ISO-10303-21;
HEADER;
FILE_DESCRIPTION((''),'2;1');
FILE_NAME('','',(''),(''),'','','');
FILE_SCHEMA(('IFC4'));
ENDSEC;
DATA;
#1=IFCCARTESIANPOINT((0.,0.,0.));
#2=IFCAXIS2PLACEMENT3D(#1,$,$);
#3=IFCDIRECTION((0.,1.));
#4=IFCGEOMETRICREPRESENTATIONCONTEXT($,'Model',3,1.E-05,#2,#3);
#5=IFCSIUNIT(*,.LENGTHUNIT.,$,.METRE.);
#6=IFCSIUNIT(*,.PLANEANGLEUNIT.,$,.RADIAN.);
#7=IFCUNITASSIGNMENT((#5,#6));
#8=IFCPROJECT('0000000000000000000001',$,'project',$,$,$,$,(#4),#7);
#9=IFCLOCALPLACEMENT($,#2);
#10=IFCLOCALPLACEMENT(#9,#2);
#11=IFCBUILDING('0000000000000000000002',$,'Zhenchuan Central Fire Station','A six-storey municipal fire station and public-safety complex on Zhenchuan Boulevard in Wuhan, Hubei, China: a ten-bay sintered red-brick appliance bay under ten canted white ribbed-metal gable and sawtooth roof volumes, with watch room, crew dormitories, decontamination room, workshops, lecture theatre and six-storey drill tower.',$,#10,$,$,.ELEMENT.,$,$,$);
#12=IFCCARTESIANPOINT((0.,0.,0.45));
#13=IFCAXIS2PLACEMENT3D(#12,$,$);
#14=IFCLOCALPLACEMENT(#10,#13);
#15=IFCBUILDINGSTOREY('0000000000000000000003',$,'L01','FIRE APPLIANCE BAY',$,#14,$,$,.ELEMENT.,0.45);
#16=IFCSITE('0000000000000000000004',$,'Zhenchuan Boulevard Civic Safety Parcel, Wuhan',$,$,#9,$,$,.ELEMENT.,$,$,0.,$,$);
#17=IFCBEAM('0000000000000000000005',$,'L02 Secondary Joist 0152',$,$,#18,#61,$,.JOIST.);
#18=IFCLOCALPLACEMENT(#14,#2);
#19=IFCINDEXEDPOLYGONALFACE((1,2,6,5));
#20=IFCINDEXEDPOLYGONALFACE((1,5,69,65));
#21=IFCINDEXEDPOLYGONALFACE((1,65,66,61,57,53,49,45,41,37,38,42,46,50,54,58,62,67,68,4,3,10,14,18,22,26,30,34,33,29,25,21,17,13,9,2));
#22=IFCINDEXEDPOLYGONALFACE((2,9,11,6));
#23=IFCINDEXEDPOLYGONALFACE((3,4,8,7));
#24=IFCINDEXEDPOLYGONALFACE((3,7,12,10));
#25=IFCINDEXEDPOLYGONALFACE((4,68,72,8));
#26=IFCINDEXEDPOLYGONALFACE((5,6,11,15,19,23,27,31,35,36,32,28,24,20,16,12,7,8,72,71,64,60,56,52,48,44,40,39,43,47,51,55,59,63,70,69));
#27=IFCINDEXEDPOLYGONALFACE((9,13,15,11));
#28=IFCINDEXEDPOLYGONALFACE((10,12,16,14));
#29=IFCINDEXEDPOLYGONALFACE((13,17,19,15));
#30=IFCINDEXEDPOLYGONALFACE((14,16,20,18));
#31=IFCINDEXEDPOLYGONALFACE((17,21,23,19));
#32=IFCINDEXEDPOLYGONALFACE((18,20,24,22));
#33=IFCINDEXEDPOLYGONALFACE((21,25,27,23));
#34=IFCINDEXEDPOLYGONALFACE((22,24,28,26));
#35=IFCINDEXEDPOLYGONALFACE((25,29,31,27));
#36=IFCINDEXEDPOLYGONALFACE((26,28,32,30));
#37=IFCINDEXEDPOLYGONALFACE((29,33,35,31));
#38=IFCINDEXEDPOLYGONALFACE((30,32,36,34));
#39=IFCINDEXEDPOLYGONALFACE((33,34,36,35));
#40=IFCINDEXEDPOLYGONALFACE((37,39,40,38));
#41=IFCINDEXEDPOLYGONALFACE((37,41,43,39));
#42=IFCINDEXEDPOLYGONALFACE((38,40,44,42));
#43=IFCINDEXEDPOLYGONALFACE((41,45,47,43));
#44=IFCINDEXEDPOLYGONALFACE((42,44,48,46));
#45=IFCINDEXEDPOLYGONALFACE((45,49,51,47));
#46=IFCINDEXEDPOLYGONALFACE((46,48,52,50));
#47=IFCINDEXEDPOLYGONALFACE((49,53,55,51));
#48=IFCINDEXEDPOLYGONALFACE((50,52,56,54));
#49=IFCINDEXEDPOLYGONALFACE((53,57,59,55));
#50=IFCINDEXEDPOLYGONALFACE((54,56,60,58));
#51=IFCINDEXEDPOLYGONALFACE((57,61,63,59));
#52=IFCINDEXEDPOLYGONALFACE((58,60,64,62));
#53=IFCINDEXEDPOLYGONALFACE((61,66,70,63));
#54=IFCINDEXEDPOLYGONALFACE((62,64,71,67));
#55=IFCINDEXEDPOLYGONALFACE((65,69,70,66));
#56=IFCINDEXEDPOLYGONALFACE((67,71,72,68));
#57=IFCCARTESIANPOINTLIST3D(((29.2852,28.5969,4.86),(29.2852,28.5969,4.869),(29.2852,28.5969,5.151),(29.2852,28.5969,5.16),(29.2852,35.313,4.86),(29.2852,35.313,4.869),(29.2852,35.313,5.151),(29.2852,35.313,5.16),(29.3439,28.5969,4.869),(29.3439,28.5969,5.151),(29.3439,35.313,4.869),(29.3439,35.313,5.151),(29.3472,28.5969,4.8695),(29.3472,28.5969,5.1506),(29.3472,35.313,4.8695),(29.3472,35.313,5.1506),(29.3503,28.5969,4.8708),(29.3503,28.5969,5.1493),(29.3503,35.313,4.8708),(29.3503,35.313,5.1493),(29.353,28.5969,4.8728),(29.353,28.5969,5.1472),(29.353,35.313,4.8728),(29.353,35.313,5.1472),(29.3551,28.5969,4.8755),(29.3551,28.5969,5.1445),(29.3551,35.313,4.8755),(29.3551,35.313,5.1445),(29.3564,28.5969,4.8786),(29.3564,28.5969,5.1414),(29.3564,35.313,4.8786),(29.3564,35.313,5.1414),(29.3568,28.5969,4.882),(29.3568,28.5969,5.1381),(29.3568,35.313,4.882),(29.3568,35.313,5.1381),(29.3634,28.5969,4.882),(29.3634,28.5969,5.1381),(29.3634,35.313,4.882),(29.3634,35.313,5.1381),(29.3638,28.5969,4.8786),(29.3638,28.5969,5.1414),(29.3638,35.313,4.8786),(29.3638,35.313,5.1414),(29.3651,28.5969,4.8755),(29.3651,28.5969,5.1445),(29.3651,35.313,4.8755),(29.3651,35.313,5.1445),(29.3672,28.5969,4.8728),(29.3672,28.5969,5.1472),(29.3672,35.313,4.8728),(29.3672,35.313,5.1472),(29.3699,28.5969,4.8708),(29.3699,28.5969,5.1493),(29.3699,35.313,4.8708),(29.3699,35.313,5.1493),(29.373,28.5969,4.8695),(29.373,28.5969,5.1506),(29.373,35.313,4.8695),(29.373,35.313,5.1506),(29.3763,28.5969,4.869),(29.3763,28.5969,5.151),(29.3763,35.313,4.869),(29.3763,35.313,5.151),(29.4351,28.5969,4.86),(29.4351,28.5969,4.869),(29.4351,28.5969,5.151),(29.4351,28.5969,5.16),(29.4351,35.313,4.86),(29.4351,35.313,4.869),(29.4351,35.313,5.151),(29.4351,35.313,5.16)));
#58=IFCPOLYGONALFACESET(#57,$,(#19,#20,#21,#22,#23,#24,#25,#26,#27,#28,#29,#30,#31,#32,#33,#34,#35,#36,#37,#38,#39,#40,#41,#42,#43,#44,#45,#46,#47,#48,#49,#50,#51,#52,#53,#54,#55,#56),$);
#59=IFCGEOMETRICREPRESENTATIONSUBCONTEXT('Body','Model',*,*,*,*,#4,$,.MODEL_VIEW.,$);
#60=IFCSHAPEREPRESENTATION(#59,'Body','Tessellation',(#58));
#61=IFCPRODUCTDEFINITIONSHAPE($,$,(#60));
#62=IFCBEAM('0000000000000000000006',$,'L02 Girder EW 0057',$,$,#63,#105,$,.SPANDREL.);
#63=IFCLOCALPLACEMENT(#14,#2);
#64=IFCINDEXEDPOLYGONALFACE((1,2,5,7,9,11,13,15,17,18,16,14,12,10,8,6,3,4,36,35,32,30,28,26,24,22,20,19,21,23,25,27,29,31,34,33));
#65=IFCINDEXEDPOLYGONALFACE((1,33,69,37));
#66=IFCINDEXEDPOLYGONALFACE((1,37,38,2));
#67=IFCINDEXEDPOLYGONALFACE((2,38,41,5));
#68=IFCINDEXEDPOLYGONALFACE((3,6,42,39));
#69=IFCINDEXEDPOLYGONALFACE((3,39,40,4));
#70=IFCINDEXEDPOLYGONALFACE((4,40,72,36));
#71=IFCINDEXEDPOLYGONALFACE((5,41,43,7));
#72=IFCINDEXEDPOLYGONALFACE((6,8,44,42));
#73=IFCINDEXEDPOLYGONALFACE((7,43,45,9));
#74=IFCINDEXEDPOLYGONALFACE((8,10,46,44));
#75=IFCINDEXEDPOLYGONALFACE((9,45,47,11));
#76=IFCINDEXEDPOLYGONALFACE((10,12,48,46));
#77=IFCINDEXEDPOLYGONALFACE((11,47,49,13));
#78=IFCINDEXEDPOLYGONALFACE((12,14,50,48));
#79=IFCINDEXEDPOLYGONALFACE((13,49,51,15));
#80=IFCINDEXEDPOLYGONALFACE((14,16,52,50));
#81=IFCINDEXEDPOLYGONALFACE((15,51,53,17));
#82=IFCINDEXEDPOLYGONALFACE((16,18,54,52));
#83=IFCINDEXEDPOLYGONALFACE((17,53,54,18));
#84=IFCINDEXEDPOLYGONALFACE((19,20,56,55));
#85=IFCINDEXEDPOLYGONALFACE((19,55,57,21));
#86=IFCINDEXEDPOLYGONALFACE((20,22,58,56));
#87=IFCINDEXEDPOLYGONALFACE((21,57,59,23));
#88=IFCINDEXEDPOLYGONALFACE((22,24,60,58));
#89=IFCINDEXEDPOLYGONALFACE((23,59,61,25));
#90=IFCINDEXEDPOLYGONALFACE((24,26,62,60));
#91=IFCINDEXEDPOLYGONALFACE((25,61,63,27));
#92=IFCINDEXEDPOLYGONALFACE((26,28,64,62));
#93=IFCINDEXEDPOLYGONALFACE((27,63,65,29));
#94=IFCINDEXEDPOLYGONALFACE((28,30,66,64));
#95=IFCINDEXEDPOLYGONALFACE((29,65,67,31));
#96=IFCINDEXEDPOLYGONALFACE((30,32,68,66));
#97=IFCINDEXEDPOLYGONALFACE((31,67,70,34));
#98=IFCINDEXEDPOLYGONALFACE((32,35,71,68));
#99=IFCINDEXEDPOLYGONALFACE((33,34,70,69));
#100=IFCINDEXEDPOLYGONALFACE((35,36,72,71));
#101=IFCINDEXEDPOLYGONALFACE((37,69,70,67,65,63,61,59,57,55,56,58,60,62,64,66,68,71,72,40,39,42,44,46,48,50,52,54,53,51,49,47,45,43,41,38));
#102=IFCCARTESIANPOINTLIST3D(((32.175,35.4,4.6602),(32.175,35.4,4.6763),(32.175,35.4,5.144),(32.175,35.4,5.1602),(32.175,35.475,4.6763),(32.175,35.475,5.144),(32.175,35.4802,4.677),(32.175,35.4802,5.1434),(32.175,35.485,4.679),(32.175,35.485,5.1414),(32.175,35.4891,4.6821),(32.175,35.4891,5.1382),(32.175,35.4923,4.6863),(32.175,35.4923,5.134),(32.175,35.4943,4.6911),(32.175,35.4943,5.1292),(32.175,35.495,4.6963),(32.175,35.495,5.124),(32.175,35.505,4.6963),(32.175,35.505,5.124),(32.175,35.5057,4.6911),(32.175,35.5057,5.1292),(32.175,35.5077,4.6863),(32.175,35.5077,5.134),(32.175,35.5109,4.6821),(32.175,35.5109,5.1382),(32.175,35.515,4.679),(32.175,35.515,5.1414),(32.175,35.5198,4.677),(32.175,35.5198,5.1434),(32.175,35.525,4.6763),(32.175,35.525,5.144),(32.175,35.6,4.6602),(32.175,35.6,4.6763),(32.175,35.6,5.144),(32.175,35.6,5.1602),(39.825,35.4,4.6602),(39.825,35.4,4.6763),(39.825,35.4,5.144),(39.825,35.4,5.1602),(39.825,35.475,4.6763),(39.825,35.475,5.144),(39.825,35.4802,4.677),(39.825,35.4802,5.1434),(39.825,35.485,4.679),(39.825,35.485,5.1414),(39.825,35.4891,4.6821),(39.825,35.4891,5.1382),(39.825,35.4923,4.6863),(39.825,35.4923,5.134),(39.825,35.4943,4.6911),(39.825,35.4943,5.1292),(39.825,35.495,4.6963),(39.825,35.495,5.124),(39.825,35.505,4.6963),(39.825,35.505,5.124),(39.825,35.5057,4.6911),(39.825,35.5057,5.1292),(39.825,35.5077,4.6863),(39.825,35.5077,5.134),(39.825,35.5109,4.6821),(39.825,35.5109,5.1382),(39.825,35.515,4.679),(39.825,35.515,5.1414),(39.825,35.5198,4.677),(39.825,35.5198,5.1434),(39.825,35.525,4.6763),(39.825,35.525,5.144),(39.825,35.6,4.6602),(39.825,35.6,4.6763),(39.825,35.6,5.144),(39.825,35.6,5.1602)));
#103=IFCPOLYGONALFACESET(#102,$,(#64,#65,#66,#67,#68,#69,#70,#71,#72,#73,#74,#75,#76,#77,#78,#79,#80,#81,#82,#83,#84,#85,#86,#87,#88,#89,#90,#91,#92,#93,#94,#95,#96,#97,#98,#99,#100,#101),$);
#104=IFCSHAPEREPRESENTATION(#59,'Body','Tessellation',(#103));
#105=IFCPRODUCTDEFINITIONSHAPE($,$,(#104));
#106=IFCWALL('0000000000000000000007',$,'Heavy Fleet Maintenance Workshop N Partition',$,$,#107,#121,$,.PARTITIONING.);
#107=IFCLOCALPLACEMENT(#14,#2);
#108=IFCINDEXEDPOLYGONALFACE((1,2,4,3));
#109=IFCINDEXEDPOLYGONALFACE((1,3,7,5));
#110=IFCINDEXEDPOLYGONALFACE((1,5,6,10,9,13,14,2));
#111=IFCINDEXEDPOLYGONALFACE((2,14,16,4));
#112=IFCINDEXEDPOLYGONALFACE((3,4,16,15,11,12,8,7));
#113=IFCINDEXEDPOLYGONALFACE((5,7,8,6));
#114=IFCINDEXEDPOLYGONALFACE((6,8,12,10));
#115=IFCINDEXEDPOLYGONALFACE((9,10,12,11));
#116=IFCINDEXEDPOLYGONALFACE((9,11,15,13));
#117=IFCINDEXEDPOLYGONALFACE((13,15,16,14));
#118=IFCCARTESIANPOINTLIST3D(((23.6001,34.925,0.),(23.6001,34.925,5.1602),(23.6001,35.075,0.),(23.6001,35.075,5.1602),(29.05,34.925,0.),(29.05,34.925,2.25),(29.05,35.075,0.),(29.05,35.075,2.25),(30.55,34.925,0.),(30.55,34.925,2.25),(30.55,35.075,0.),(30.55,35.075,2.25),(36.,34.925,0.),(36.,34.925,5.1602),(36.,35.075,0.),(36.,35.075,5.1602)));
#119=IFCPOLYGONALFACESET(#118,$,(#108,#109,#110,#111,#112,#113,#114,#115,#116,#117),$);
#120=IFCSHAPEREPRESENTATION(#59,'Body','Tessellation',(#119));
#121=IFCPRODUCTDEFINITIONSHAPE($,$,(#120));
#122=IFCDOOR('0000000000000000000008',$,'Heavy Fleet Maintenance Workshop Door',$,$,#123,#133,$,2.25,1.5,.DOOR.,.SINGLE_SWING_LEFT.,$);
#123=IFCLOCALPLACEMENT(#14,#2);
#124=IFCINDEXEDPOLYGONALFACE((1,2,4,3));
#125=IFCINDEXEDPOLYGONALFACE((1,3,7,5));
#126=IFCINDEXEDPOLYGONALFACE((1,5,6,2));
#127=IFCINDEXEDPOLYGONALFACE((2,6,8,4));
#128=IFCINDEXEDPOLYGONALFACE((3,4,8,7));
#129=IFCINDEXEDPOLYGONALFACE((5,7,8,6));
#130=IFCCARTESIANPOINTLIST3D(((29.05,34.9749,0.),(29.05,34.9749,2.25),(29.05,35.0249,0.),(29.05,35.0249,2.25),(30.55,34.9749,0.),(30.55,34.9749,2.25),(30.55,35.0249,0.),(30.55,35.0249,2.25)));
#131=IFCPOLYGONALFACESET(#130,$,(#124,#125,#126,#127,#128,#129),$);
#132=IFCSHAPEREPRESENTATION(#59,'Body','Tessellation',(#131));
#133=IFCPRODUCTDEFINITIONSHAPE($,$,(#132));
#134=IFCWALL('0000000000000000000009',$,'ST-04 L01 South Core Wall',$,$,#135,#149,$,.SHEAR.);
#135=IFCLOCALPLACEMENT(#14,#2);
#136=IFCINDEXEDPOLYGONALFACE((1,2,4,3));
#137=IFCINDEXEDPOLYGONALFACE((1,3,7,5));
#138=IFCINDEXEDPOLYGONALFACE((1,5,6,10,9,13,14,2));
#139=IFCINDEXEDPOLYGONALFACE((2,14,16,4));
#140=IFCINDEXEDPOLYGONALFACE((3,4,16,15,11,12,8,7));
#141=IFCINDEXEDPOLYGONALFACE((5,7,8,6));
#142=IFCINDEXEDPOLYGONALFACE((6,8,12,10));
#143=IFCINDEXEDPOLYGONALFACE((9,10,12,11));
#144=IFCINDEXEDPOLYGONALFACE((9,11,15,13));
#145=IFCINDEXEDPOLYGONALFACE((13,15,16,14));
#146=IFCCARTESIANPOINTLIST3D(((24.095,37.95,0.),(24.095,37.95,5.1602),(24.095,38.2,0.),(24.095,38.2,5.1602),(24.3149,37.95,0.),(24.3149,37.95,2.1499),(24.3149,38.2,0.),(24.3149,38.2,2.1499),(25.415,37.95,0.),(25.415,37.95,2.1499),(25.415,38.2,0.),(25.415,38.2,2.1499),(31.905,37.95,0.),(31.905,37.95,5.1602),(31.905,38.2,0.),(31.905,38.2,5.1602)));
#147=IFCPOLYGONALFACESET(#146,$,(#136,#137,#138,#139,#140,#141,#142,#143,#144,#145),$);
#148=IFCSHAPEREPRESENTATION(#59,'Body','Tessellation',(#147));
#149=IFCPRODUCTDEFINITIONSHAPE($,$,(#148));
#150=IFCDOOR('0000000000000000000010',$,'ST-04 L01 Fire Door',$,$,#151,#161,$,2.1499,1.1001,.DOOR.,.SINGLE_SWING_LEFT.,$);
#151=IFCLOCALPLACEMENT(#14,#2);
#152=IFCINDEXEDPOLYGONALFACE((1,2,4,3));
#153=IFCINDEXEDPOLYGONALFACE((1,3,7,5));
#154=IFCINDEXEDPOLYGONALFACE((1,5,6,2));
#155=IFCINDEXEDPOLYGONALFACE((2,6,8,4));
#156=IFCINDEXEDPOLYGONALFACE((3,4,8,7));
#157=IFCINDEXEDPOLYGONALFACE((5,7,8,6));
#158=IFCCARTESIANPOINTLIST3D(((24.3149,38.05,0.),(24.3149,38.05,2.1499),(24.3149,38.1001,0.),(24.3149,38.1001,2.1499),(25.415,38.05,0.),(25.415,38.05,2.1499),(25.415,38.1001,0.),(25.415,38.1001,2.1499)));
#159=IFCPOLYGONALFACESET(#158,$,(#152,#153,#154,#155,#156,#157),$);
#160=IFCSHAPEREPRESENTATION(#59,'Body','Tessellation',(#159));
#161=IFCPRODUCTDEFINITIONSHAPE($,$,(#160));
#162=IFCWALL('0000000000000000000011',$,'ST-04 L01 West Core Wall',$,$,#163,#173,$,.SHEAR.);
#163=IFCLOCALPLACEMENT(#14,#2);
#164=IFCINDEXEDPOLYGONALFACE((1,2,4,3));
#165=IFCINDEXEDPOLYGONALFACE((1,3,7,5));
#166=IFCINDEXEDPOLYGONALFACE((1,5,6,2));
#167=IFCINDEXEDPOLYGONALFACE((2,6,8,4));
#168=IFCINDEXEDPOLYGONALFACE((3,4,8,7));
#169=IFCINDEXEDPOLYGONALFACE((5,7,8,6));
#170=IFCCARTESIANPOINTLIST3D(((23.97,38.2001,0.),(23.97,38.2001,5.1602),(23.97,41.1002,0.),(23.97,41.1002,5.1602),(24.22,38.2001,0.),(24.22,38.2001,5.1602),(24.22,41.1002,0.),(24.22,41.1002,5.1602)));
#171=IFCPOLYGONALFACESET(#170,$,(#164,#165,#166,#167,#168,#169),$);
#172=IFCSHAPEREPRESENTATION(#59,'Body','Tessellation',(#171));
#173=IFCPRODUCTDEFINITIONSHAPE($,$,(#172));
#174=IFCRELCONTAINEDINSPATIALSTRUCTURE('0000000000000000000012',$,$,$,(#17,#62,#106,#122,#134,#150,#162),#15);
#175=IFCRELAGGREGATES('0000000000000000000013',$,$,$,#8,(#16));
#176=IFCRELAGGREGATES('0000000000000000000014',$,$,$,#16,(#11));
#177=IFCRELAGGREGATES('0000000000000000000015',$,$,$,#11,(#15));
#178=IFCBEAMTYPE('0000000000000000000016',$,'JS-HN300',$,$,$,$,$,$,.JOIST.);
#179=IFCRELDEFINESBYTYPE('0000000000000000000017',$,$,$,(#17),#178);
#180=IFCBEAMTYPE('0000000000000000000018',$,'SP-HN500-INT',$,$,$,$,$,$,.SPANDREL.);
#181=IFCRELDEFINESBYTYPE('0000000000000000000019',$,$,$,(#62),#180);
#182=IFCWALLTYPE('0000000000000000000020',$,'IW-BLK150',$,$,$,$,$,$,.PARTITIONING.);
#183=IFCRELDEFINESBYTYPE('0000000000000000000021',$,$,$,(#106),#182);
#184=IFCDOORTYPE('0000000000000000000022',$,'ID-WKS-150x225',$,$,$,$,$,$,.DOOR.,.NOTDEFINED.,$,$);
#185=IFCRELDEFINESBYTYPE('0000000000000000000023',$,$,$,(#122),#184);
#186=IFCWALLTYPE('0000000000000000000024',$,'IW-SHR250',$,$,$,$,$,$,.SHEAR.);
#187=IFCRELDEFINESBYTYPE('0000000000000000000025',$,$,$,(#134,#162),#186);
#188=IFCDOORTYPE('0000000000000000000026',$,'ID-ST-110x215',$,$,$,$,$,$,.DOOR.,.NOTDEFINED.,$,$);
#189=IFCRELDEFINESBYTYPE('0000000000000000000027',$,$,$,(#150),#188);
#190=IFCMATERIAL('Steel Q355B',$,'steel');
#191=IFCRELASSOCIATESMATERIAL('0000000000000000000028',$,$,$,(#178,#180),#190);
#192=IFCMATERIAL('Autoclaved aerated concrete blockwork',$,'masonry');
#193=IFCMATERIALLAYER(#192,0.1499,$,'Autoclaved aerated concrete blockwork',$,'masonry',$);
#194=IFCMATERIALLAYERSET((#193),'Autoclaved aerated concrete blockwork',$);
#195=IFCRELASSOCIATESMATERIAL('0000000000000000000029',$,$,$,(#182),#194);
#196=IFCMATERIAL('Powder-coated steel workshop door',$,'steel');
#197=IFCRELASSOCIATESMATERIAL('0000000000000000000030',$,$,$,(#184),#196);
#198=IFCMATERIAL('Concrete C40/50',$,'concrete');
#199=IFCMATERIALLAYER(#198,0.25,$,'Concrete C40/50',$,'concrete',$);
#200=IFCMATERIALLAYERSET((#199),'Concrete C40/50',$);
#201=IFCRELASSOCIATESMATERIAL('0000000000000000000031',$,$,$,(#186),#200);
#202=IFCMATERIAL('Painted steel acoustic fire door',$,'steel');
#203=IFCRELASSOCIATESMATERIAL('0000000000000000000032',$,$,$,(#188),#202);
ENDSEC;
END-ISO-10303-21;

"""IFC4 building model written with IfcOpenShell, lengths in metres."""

from ifc_helpers import new_model, si_unit, direction, frame, frame_2d, origin, origin_2d, place, context, subcontext, project, spatial, rectangle, i_section, extrude, material, layer, layer_set, material_profile, profile_set, type_object, element, fill, save


model = new_model("IFC4")

# Units and contexts
model_context = context("Model", 3, precision=1e-05, world=origin(), true_north=direction((0.0, 1.0)))
body_context = subcontext(model_context, "Body", "Model", "MODEL_VIEW")
ifc_project = project(units=[si_unit("LENGTHUNIT", "METRE"), si_unit("PLANEANGLEUNIT", "RADIAN")], contexts=[model_context])

# Site, building, storey
site_placement = place(None, origin())
site = spatial("IfcSite", under=ifc_project, at=site_placement, Name="Zhenchuan Boulevard Civic Safety Parcel, Wuhan", CompositionType="ELEMENT", RefElevation=0.0)
building_placement = place(site_placement, origin())
building = spatial("IfcBuilding", under=site, at=building_placement, Name="Zhenchuan Central Fire Station", Description="A six-storey municipal fire station and public-safety complex on Zhenchuan Boulevard in Wuhan, Hubei, China: a ten-bay sintered red-brick appliance bay under ten canted white ribbed-metal gable and sawtooth roof volumes, with watch room, crew dormitories, decontamination room, workshops, lecture theatre and six-storey drill tower.", CompositionType="ELEMENT")
storey_placement = place(building_placement, frame((0.0, 0.0, 0.45)))
storey = spatial("IfcBuildingStorey", under=building, at=storey_placement, Name="L01", Description="FIRE APPLIANCE BAY", CompositionType="ELEMENT", Elevation=0.45)

# Shared definitions
ifc_material_1 = material(Name="Concrete C40/50", Category="concrete")

# Shared definitions
ifc_material_2 = material(Name="Steel Q355B", Category="steel")

# Beams
ifc_material_profile_1 = material_profile(ifc_material_2, i_section(OverallWidth=0.1499, OverallDepth=0.3, WebThickness=0.0066, FlangeThickness=0.009, FilletRadius=0.0129, at=origin_2d()), Name="HN 300x150")
ifc_profile_set_1 = profile_set([ifc_material_profile_1], Name="Steel Q355B")
beam_type_1 = type_object("IfcBeamType", Name="JS-HN300", PredefinedType="JOIST", material=ifc_profile_set_1)
beam_1_placement = place(storey_placement, frame((29.3601, 28.5969, 5.01), z_axis=(0.0, 1.0, 0.0), x_axis=(-1.0, 0.0, 0.0)))
element("IfcBeam", 1, at=beam_1_placement, inside=storey, type_object=beam_type_1, Name="L02 Secondary Joist 0152", PredefinedType="JOIST", context=body_context, shape_type="SweptSolid", body=[
    extrude(i_section(OverallWidth=0.1499, OverallDepth=0.3, WebThickness=0.0066, FlangeThickness=0.009, FilletRadius=0.0129, at=origin_2d()), origin(), (0.0, 0.0, 1.0), 6.7161),
])
ifc_material_profile_2 = material_profile(ifc_material_2, i_section(OverallWidth=0.2, OverallDepth=0.5, WebThickness=0.01, FlangeThickness=0.0161, FilletRadius=0.02, at=origin_2d()), Name="HN 500x200")
ifc_profile_set_2 = profile_set([ifc_material_profile_2], Name="Steel Q355B")
beam_type_2 = type_object("IfcBeamType", Name="SP-HN500-INT", PredefinedType="SPANDREL", material=ifc_profile_set_2)
beam_2_placement = place(storey_placement, frame((32.175, 35.5, 4.9102), z_axis=(1.0, 0.0, 0.0), x_axis=(0.0, 1.0, 0.0)))
element("IfcBeam", 2, at=beam_2_placement, inside=storey, type_object=beam_type_2, Name="L02 Girder EW 0057", PredefinedType="SPANDREL", context=body_context, shape_type="SweptSolid", body=[
    extrude(i_section(OverallWidth=0.2, OverallDepth=0.5, WebThickness=0.01, FlangeThickness=0.0161, FilletRadius=0.02, at=origin_2d()), origin(), (0.0, 0.0, 1.0), 7.6499),
])

# Walls, openings, doors
ifc_material_3 = material(Name="Autoclaved aerated concrete blockwork", Category="masonry")
ifc_layer_1 = layer(ifc_material_3, 0.1499, Name="Autoclaved aerated concrete blockwork", Category="masonry")
ifc_layer_set_1 = layer_set([ifc_layer_1], Name="Autoclaved aerated concrete blockwork")
wall_type_1 = type_object("IfcWallType", Name="IW-BLK150", PredefinedType="PARTITIONING", material=ifc_layer_set_1)
wall_1_placement = place(storey_placement, frame((23.6001, 35.0, 0.0), z_axis=(0.0, 0.0, 1.0), x_axis=(1.0, 0.0, 0.0)))
wall_1 = element("IfcWall", 3, at=wall_1_placement, inside=storey, type_object=wall_type_1, Name="Heavy Fleet Maintenance Workshop N Partition", PredefinedType="PARTITIONING", context=body_context, shape_type="SweptSolid", body=[
    extrude(rectangle(XDim=12.3999, YDim=0.1499, at=frame_2d((6.2, 0.0))), origin(), (0.0, 0.0, 1.0), 5.1602),
])
opening_1_placement = place(wall_1_placement, frame((5.45, 0.0, 0.0)))
opening_1 = element("IfcOpeningElement", 4, at=opening_1_placement, cuts=wall_1, PredefinedType="OPENING", context=body_context, shape_type="SweptSolid", body=[
    extrude(rectangle(XDim=1.5, YDim=2.25, at=frame_2d((0.75, 1.125))), frame((0.0, 0.085, 0.0), z_axis=(0.0, -1.0, 0.0), x_axis=(1.0, 0.0, 0.0)), (0.0, 0.0, 1.0), 0.1699),
])
ifc_material_4 = material(Name="Powder-coated steel workshop door", Category="steel")
door_type_1 = type_object("IfcDoorType", Name="ID-WKS-150x225", OperationType="NOTDEFINED", PredefinedType="DOOR", material=ifc_material_4)
door_1_placement = place(opening_1_placement, origin())
door_1 = element("IfcDoor", 5, at=door_1_placement, inside=storey, type_object=door_type_1, Name="Heavy Fleet Maintenance Workshop Door", OperationType="SINGLE_SWING_LEFT", OverallHeight=2.25, OverallWidth=1.5, PredefinedType="DOOR", context=body_context, shape_type="SweptSolid", body=[
    extrude(rectangle(XDim=1.5, YDim=2.25, at=frame_2d((0.75, 1.125))), frame((0.0, 0.0249, 0.0), z_axis=(0.0, -1.0, 0.0), x_axis=(1.0, 0.0, 0.0)), (0.0, 0.0, 1.0), 0.05),
])
fill(opening_1, door_1)
ifc_layer_2 = layer(ifc_material_1, 0.25, Name="Concrete C40/50", Category="concrete")
ifc_layer_set_2 = layer_set([ifc_layer_2], Name="Concrete C40/50")
wall_type_2 = type_object("IfcWallType", Name="IW-SHR250", PredefinedType="SHEAR", material=ifc_layer_set_2)
wall_2_placement = place(storey_placement, frame((24.095, 38.075, 0.0), z_axis=(0.0, 0.0, 1.0), x_axis=(1.0, 0.0, 0.0)))
wall_2 = element("IfcWall", 6, at=wall_2_placement, inside=storey, type_object=wall_type_2, Name="ST-04 L01 South Core Wall", PredefinedType="SHEAR", context=body_context, shape_type="SweptSolid", body=[
    extrude(rectangle(XDim=7.8101, YDim=0.25, at=frame_2d((3.905, 0.0))), origin(), (0.0, 0.0, 1.0), 5.1602),
])
opening_2_placement = place(wall_2_placement, frame((0.22, 0.0, 0.0)))
opening_2 = element("IfcOpeningElement", 7, at=opening_2_placement, cuts=wall_2, PredefinedType="OPENING", context=body_context, shape_type="SweptSolid", body=[
    extrude(rectangle(XDim=1.1001, YDim=2.1499, at=frame_2d((0.55, 1.075))), frame((0.0, 0.135, 0.0), z_axis=(0.0, -1.0, 0.0), x_axis=(1.0, 0.0, 0.0)), (0.0, 0.0, 1.0), 0.27),
])
ifc_material_5 = material(Name="Painted steel acoustic fire door", Category="steel")
door_type_2 = type_object("IfcDoorType", Name="ID-ST-110x215", OperationType="NOTDEFINED", PredefinedType="DOOR", material=ifc_material_5)
door_2_placement = place(opening_2_placement, frame((1.1001, 0.0, 0.0), z_axis=(0.0, 0.0, 1.0), x_axis=(-1.0, 0.0, 0.0)))
door_2 = element("IfcDoor", 8, at=door_2_placement, inside=storey, type_object=door_type_2, Name="ST-04 L01 Fire Door", OperationType="SINGLE_SWING_LEFT", OverallHeight=2.1499, OverallWidth=1.1001, PredefinedType="DOOR", context=body_context, shape_type="SweptSolid", body=[
    extrude(rectangle(XDim=1.1001, YDim=2.1499, at=frame_2d((0.55, 1.075))), frame((0.0, 0.0249, 0.0), z_axis=(0.0, -1.0, 0.0), x_axis=(1.0, 0.0, 0.0)), (0.0, 0.0, 1.0), 0.05),
])
fill(opening_2, door_2)

# Wall
for number, where, z_axis, x_axis, name in (
    (9, (24.095, 38.2, 0.0), (0.0, 0.0, 1.0), (0.0, 1.0, 0.0), "ST-04 L01 West Core Wall"),
):
    element("IfcWall", number, at=place(storey_placement, frame(where, z_axis=z_axis, x_axis=x_axis)), inside=storey, type_object=wall_type_2, Name=name, PredefinedType="SHEAR", context=body_context, shape_type="SweptSolid", body=[
        extrude(rectangle(XDim=2.9001, YDim=0.25, at=frame_2d((1.4502, 0.0))), origin(), (0.0, 0.0, 1.0), 5.1602),
    ])

save(model, "model.ifc")
